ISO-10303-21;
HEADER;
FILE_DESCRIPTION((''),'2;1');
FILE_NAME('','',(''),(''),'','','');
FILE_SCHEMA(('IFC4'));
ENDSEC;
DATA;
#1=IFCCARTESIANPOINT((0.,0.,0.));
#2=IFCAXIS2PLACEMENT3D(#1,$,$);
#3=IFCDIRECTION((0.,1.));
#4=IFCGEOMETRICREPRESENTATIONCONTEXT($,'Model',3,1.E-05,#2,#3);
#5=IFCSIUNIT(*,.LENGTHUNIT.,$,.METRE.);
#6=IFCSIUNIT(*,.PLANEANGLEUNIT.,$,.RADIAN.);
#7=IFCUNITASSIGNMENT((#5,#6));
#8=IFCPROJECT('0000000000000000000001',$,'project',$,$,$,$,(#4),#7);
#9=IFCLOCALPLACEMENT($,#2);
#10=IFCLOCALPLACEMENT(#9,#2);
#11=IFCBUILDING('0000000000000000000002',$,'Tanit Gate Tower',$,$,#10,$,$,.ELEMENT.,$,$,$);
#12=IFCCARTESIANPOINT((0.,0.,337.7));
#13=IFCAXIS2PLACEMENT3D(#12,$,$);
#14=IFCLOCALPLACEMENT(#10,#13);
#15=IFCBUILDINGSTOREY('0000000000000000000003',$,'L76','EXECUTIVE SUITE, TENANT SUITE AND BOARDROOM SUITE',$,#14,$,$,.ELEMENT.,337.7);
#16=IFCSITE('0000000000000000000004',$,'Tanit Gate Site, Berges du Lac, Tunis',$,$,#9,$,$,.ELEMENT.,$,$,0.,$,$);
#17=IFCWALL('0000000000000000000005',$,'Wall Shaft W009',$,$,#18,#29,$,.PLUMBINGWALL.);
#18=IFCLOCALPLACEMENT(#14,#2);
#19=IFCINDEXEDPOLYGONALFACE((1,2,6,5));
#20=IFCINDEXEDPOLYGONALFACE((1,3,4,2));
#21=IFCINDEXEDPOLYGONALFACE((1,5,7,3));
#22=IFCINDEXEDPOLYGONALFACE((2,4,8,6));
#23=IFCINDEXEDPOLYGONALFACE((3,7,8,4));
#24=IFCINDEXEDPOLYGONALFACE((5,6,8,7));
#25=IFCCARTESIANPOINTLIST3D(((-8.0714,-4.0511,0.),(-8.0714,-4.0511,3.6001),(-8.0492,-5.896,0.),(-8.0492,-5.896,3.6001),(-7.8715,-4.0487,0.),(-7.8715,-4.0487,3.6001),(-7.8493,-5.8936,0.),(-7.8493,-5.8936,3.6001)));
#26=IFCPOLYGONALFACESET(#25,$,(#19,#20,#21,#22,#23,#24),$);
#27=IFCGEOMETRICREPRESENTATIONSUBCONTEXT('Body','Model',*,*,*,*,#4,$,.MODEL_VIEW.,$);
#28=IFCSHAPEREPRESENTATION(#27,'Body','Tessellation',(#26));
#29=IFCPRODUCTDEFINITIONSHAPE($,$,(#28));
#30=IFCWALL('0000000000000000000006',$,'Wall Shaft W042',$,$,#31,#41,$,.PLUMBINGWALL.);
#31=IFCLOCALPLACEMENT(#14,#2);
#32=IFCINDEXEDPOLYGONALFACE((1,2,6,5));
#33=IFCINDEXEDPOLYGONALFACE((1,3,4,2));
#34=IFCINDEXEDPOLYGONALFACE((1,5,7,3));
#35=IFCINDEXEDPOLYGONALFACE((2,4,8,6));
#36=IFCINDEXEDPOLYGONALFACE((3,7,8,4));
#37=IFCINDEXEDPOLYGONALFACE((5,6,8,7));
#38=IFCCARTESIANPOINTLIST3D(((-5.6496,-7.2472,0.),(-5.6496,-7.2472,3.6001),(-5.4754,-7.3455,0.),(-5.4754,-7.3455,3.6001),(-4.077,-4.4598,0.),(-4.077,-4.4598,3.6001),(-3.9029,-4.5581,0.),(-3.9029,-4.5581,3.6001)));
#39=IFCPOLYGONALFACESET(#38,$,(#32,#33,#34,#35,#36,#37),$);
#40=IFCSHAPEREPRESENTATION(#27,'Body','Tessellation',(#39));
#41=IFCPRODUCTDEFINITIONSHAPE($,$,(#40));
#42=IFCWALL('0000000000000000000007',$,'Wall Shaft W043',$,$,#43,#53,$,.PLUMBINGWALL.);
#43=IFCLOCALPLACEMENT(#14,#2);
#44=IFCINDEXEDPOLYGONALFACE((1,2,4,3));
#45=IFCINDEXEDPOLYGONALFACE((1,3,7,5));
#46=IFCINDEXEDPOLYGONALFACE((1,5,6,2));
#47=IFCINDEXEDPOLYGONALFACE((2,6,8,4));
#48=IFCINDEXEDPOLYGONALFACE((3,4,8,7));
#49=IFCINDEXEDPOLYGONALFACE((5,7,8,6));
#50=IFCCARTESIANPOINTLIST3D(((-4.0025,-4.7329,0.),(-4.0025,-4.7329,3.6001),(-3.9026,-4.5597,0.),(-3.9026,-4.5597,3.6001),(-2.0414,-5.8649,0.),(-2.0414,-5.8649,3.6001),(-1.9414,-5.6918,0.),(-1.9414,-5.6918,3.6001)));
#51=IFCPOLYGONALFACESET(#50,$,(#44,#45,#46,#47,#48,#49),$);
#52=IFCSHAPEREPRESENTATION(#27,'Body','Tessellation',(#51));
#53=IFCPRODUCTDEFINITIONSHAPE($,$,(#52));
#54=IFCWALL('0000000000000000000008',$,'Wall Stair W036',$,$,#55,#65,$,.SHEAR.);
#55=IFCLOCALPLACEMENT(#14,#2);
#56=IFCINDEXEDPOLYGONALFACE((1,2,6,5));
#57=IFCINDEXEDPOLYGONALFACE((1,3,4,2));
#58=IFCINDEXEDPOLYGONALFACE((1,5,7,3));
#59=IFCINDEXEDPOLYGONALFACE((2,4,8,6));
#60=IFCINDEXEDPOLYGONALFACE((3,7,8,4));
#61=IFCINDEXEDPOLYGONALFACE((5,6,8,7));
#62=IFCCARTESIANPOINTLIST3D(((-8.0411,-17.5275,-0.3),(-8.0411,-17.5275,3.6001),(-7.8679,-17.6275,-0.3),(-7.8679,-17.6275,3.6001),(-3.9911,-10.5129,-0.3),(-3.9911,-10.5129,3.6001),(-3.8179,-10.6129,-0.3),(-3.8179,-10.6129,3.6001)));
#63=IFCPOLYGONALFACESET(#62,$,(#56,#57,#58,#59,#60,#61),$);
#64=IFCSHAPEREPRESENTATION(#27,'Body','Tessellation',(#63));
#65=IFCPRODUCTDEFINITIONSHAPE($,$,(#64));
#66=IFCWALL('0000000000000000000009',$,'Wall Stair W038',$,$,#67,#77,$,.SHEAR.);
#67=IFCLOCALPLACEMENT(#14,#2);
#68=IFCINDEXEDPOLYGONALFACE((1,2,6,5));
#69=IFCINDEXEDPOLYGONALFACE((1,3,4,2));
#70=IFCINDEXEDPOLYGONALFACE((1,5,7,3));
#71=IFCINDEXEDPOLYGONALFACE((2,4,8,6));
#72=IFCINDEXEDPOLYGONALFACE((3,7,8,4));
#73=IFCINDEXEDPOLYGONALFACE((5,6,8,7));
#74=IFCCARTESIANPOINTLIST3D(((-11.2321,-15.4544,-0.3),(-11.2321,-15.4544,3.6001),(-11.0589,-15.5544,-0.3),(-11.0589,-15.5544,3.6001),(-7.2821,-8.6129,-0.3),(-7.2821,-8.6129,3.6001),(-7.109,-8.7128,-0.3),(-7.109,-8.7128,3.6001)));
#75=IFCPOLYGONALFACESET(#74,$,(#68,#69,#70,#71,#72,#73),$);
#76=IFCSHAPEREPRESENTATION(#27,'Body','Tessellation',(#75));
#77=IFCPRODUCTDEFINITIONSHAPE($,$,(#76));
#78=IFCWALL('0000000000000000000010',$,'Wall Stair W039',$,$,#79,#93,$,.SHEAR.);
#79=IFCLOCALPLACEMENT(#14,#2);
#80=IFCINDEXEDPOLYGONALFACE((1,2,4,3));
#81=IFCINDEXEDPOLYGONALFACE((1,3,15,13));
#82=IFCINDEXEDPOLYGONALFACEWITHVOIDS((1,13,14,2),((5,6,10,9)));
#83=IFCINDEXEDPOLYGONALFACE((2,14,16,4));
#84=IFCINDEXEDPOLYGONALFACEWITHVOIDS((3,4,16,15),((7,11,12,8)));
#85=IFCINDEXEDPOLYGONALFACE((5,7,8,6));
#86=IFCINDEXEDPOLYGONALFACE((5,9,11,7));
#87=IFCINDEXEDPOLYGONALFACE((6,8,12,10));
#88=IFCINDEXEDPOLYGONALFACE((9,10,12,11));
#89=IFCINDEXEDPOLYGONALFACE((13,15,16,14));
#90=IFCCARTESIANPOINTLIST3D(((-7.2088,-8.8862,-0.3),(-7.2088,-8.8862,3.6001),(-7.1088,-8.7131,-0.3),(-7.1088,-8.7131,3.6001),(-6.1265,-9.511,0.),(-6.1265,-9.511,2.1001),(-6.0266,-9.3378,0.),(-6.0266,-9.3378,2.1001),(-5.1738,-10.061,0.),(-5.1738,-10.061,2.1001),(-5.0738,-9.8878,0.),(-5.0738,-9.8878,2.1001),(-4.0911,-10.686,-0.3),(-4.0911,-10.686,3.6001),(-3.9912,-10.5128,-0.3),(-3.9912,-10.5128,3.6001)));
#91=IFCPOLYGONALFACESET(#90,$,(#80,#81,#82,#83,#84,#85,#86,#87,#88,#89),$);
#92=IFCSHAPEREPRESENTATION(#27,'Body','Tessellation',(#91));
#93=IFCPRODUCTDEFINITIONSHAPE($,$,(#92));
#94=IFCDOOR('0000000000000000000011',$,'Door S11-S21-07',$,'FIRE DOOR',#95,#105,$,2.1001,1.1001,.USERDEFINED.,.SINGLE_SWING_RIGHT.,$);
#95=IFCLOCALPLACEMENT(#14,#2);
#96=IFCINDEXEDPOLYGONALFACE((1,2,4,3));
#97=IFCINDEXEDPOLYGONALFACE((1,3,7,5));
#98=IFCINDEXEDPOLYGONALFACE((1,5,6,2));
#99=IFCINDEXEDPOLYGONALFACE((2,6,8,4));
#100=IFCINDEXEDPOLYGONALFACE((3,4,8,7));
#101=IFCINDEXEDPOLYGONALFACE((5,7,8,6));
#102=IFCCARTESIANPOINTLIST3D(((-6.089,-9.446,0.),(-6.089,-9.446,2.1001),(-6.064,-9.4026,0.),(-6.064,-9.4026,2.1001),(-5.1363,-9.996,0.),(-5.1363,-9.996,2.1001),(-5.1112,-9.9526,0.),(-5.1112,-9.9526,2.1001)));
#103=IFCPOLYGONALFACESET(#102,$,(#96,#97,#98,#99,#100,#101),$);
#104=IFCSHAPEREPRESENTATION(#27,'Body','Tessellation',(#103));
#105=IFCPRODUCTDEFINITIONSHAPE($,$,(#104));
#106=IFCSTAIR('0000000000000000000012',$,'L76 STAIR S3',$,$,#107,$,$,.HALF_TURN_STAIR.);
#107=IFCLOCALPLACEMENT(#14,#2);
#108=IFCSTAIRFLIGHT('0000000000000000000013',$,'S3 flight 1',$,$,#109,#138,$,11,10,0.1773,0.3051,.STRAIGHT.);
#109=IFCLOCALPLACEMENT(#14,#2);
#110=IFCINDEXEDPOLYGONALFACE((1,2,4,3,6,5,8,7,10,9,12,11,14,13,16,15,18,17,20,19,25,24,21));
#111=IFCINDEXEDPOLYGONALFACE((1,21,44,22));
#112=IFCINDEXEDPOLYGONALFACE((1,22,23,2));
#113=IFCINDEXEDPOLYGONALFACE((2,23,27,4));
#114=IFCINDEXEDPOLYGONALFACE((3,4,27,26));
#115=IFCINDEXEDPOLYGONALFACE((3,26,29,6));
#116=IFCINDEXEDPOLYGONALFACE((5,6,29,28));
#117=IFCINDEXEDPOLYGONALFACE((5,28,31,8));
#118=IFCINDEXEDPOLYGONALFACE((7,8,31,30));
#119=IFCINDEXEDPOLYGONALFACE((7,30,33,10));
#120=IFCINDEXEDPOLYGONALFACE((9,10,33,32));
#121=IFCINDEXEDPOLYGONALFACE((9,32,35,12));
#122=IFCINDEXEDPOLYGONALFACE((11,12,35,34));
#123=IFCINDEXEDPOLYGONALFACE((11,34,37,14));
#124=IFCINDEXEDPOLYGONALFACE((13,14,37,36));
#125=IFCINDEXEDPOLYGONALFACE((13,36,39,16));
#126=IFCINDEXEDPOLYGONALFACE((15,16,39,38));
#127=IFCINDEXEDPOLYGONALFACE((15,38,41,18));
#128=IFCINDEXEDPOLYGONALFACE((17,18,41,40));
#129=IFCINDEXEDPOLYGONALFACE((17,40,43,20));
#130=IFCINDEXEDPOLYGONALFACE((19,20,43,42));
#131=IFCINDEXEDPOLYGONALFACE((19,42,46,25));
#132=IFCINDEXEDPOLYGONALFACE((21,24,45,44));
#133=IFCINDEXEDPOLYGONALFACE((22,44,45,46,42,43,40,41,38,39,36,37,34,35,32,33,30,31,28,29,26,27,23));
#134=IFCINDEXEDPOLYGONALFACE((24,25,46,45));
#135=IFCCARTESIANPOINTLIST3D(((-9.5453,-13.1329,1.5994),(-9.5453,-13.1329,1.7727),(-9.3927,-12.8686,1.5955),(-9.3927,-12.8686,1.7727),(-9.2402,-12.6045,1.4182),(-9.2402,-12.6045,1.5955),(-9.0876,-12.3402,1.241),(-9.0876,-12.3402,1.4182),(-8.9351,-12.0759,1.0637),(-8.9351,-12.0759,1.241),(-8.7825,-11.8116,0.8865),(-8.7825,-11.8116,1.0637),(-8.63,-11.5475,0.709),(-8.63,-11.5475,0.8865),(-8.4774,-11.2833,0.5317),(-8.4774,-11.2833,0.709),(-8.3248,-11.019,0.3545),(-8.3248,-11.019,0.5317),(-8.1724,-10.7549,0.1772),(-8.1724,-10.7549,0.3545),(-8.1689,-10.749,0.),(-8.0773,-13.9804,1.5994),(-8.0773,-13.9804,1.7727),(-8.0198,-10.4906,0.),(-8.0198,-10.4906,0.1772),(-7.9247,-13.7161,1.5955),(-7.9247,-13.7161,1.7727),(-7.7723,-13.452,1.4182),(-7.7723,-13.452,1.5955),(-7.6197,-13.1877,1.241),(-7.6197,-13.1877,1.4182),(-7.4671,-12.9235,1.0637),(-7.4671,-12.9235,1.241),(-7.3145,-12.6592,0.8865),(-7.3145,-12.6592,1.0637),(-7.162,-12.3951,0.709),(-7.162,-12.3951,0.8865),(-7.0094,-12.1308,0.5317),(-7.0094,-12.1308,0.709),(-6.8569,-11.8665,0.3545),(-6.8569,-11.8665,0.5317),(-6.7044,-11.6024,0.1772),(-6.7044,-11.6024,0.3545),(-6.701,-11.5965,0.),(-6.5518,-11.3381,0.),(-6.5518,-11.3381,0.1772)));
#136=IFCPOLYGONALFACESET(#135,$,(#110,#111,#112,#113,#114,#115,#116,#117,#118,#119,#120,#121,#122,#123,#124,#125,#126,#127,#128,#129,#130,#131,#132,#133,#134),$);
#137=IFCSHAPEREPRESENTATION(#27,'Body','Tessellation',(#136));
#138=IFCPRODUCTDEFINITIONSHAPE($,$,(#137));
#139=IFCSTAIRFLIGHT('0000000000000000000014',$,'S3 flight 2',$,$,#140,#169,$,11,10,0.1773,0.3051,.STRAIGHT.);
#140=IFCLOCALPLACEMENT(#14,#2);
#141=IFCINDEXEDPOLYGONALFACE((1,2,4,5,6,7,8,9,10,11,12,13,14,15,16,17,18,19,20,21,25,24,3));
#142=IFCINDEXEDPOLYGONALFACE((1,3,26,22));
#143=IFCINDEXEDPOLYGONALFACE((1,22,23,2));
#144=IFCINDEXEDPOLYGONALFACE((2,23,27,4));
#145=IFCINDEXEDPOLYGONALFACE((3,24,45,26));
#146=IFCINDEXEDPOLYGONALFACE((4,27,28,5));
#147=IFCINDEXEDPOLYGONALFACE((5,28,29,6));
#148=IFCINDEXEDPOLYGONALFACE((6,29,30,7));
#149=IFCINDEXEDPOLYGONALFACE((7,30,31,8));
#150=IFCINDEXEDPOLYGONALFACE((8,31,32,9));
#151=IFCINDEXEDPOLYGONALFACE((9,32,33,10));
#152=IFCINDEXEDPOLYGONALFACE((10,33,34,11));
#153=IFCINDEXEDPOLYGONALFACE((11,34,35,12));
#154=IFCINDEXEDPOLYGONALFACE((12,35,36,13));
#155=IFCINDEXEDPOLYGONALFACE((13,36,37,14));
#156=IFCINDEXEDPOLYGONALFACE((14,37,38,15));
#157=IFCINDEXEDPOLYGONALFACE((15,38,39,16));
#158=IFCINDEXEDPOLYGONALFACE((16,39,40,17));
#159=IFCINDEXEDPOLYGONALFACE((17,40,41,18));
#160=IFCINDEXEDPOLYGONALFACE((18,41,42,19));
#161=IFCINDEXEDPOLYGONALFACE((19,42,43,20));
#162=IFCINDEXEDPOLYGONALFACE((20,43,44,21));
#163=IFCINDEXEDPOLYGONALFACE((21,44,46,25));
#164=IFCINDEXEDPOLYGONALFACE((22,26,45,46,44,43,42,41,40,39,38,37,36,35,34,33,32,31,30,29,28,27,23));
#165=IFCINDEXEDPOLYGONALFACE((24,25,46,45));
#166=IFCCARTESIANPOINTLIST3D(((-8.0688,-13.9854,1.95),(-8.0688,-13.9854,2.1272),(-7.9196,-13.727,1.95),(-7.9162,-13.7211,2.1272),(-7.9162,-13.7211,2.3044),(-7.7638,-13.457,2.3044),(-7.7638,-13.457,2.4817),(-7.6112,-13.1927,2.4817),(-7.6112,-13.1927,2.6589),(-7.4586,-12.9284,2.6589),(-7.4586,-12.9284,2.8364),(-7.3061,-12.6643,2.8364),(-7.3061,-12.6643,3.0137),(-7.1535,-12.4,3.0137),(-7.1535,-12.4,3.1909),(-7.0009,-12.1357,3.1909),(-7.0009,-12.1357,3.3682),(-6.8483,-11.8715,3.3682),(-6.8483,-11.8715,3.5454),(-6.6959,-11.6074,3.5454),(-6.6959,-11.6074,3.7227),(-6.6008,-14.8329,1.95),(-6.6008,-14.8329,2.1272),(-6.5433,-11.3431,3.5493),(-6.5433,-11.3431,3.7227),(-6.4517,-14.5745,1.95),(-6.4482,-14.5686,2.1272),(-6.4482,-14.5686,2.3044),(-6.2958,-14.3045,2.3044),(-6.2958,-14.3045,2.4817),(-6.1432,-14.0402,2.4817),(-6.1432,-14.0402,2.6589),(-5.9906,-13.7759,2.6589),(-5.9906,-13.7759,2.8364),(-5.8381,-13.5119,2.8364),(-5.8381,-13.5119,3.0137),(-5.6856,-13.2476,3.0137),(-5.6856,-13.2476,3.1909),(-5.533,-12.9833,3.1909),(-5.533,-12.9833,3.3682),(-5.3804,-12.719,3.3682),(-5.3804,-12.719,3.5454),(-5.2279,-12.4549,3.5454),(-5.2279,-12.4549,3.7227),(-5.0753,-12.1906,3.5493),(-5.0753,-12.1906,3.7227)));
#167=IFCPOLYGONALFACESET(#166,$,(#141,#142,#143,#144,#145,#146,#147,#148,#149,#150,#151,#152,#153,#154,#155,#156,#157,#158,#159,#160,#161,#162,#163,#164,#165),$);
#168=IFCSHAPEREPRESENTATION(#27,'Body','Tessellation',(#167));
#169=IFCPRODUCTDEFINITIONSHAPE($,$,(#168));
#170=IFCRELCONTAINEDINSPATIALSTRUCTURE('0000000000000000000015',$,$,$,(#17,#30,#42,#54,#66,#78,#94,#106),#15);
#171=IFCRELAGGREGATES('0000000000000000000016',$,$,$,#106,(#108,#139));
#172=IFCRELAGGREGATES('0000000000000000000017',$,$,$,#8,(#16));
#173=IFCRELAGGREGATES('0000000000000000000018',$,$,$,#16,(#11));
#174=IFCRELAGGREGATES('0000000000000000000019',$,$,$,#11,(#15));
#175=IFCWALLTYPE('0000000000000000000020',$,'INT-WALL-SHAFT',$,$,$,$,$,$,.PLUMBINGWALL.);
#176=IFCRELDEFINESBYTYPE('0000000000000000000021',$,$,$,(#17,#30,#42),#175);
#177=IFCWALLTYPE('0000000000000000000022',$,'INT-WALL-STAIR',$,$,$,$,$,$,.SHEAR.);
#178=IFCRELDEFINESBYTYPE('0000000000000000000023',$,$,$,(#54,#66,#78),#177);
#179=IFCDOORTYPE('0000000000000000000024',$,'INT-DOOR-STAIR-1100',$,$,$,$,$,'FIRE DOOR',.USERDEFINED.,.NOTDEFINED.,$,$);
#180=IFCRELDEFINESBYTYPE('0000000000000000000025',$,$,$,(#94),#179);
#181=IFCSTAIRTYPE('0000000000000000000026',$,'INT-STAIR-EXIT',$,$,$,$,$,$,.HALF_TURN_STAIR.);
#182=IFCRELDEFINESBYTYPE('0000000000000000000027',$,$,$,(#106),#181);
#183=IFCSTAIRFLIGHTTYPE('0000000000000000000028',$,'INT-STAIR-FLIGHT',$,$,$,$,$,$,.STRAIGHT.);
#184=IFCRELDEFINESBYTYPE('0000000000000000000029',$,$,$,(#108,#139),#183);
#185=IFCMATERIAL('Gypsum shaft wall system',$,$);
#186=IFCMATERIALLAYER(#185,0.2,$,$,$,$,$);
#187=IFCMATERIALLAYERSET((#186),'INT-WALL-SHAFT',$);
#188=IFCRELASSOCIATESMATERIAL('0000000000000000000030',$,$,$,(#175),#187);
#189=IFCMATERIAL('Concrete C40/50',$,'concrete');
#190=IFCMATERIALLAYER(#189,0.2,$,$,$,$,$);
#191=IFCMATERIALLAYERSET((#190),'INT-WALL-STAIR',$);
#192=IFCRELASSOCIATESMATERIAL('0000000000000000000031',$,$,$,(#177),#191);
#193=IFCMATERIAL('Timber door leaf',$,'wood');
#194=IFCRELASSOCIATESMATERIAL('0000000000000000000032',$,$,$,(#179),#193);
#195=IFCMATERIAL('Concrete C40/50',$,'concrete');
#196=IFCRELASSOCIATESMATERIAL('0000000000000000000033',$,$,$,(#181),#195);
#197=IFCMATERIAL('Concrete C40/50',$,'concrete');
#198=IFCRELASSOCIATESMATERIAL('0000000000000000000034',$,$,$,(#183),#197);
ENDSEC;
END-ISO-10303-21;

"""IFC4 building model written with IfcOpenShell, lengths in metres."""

from ifc_helpers import new_model, si_unit, direction, frame, frame_2d, origin, place, context, subcontext, project, spatial, polyline, rectangle, outline, extrude, material, layer, layer_set, type_object, element, fill, aggregate, save


model = new_model("IFC4")

# Units and contexts
model_context = context("Model", 3, precision=1e-05, world=origin(), true_north=direction((0.0, 1.0)))
body_context = subcontext(model_context, "Body", "Model", "MODEL_VIEW")
ifc_project = project(units=[si_unit("LENGTHUNIT", "METRE"), si_unit("PLANEANGLEUNIT", "RADIAN")], contexts=[model_context])

# Site, building, storey
site_placement = place(None, origin())
site = spatial("IfcSite", under=ifc_project, at=site_placement, Name="Tanit Gate Site, Berges du Lac, Tunis", CompositionType="ELEMENT", RefElevation=0.0)
building_placement = place(site_placement, origin())
building = spatial("IfcBuilding", under=site, at=building_placement, Name="Tanit Gate Tower", CompositionType="ELEMENT")
storey_placement = place(building_placement, frame((0.0, 0.0, 337.7)))
storey = spatial("IfcBuildingStorey", under=building, at=storey_placement, Name="L76", Description="EXECUTIVE SUITE, TENANT SUITE AND BOARDROOM SUITE", CompositionType="ELEMENT", Elevation=337.7)

# Wall
ifc_material_1 = material(Name="Gypsum shaft wall system")
ifc_layer_1 = layer(ifc_material_1, 0.2)
ifc_layer_set_1 = layer_set([ifc_layer_1], Name="INT-WALL-SHAFT")
wall_type_1 = type_object("IfcWallType", Name="INT-WALL-SHAFT", PredefinedType="PLUMBINGWALL", material=ifc_layer_set_1)
wall_1_placement = place(storey_placement, frame((-7.9714, -4.05, 0.0), z_axis=(0.0, 0.0, 1.0), x_axis=(0.012043, -0.999927, 0.0)))
element("IfcWall", 1, at=wall_1_placement, inside=storey, type_object=wall_type_1, Name="Wall Shaft W009", PredefinedType="PLUMBINGWALL", context=body_context, shape_type="SweptSolid", body=[
    extrude(rectangle(XDim=1.845, YDim=0.2, at=frame_2d((0.9224, 0.0))), origin(), (0.0, 0.0, 1.0), 3.6001),
])

# Walls
wall_2_placement = place(storey_placement, frame((-3.99, -4.509, 0.0), z_axis=(0.0, 0.0, 1.0), x_axis=(-0.491358, -0.870958, 0.0)))
element("IfcWall", 2, at=wall_2_placement, inside=storey, type_object=wall_type_1, Name="Wall Shaft W042", PredefinedType="PLUMBINGWALL", context=body_context, shape_type="SweptSolid", body=[
    extrude(rectangle(XDim=3.2004, YDim=0.2, at=frame_2d((1.6001, 0.0))), origin(), (0.0, 0.0, 1.0), 3.6001),
])
wall_3_placement = place(storey_placement, frame((-3.9526, -4.6462, 0.0), z_axis=(0.0, 0.0, 1.0), x_axis=(0.866065, -0.499931, 0.0)))
element("IfcWall", 3, at=wall_3_placement, inside=storey, type_object=wall_type_1, Name="Wall Shaft W043", PredefinedType="PLUMBINGWALL", context=body_context, shape_type="SweptSolid", body=[
    extrude(rectangle(XDim=2.2644, YDim=0.2, at=frame_2d((1.1323, 0.0))), origin(), (0.0, 0.0, 1.0), 3.6001),
])
ifc_material_2 = material(Name="Concrete C40/50", Category="concrete")
ifc_layer_2 = layer(ifc_material_2, 0.2)
ifc_layer_set_2 = layer_set([ifc_layer_2], Name="INT-WALL-STAIR")
wall_type_2 = type_object("IfcWallType", Name="INT-WALL-STAIR", PredefinedType="SHEAR", material=ifc_layer_set_2)
wall_4_placement = place(storey_placement, frame((-3.9045, -10.563, -0.3), z_axis=(0.0, 0.0, 1.0), x_axis=(-0.500013, -0.866018, 0.0)))
element("IfcWall", 4, at=wall_4_placement, inside=storey, type_object=wall_type_2, Name="Wall Stair W036", PredefinedType="SHEAR", context=body_context, shape_type="SweptSolid", body=[
    extrude(rectangle(XDim=8.0999, YDim=0.2, at=frame_2d((4.0498, 0.0))), origin(), (0.0, 0.0, 1.0), 3.9001),
])
wall_5_placement = place(storey_placement, frame((-7.1956, -8.6628, -0.3), z_axis=(0.0, 0.0, 1.0), x_axis=(-0.499998, -0.866027, 0.0)))
element("IfcWall", 5, at=wall_5_placement, inside=storey, type_object=wall_type_2, Name="Wall Stair W038", PredefinedType="SHEAR", context=body_context, shape_type="SweptSolid", body=[
    extrude(rectangle(XDim=7.8999, YDim=0.2, at=frame_2d((3.95, 0.0))), origin(), (0.0, 0.0, 1.0), 3.9001),
])

# Wall, opening, door
wall_6_placement = place(storey_placement, frame((-4.0413, -10.5994, -0.3), z_axis=(0.0, 0.0, 1.0), x_axis=(-0.866048, 0.499961, 0.0)))
wall_6 = element("IfcWall", 6, at=wall_6_placement, inside=storey, type_object=wall_type_2, Name="Wall Stair W039", PredefinedType="SHEAR", context=body_context, shape_type="SweptSolid", body=[
    extrude(rectangle(XDim=3.5999, YDim=0.2, at=frame_2d((1.7998, 0.0))), origin(), (0.0, 0.0, 1.0), 3.9001),
])
opening_1_placement = place(wall_6_placement, frame((1.25, 0.0, 0.3)))
opening_1 = element("IfcOpeningElement", 7, at=opening_1_placement, cuts=wall_6, PredefinedType="OPENING", context=body_context, shape_type="SweptSolid", body=[
    extrude(rectangle(XDim=1.1001, YDim=2.1001, at=frame_2d((0.55, 1.05))), frame((0.0, 0.1099, 0.0), z_axis=(0.0, -1.0, 0.0), x_axis=(1.0, 0.0, 0.0)), (0.0, 0.0, 1.0), 0.22),
])
ifc_material_3 = material(Name="Timber door leaf", Category="wood")
door_type_1 = type_object("IfcDoorType", Name="INT-DOOR-STAIR-1100", ElementType="FIRE DOOR", OperationType="NOTDEFINED", PredefinedType="USERDEFINED", material=ifc_material_3)
door_1_placement = place(opening_1_placement, origin())
door_1 = element("IfcDoor", 8, at=door_1_placement, inside=storey, type_object=door_type_1, Name="Door S11-S21-07", ObjectType="FIRE DOOR", OperationType="SINGLE_SWING_RIGHT", OverallHeight=2.1001, OverallWidth=1.1001, PredefinedType="USERDEFINED", context=body_context, shape_type="SweptSolid", body=[
    extrude(rectangle(XDim=1.1001, YDim=2.1001, at=frame_2d((0.55, 1.05))), frame((0.0, 0.0249, 0.0), z_axis=(0.0, -1.0, 0.0), x_axis=(1.0, 0.0, 0.0)), (0.0, 0.0, 1.0), 0.05),
])
fill(opening_1, door_1)

# Stair, stair flights
ifc_material_4 = material(Name="Concrete C40/50", Category="concrete")
stair_type = type_object("IfcStairType", Name="INT-STAIR-EXIT", PredefinedType="HALF_TURN_STAIR", material=ifc_material_4)
stair_placement = place(storey_placement, origin())
stair = element("IfcStair", 9, at=stair_placement, inside=storey, type_object=stair_type, Name="L76 STAIR S3", PredefinedType="HALF_TURN_STAIR")
ifc_material_5 = material(Name="Concrete C40/50", Category="concrete")
stair_flight_type = type_object("IfcStairFlightType", Name="INT-STAIR-FLIGHT", PredefinedType="STRAIGHT", material=ifc_material_5)
stair_flight_1_placement = place(storey_placement, frame((-7.2859, -10.9143, 0.0), z_axis=(0.0, 0.0, 1.0), x_axis=(-0.5, -0.866025, 0.0)))
stair_flight_1 = element("IfcStairFlight", 10, at=stair_flight_1_placement, type_object=stair_flight_type, Name="S3 flight 1", NumberOfRisers=11, NumberOfTreads=10, PredefinedType="STRAIGHT", RiserHeight=0.1773, TreadLength=0.3051, context=body_context, shape_type="SweptSolid", body=[
    extrude(outline(polyline([(0.0, 0.0), (0.0, 0.1772), (0.3052, 0.1772), (0.3052, 0.3545), (0.6101, 0.3545), (0.6101, 0.5317), (0.9153, 0.5317), (0.9153, 0.709), (1.2205, 0.709), (1.2205, 0.8865), (1.5254, 0.8865), (1.5254, 1.0637), (1.8306, 1.0637), (1.8306, 1.241), (2.1357, 1.241), (2.1357, 1.4182), (2.4409, 1.4182), (2.4409, 1.5955), (2.7458, 1.5955), (2.7458, 1.7727), (3.051, 1.7727), (3.051, 1.95), (3.051, 1.5994), (0.2983, 0.0), (0.0, 0.0)])), frame((0.0, 0.8477, 0.0), z_axis=(0.0, -1.0, 0.0), x_axis=(1.0, 0.0, 0.0)), (0.0, 0.0, 1.0), 1.6951),
])
stair_flight_2_placement = place(storey_placement, frame((-7.3347, -14.4092, 1.95), z_axis=(0.0, 0.0, 1.0), x_axis=(0.5, 0.866025, 0.0)))
stair_flight_2 = element("IfcStairFlight", 11, at=stair_flight_2_placement, type_object=stair_flight_type, Name="S3 flight 2", NumberOfRisers=11, NumberOfTreads=10, PredefinedType="STRAIGHT", RiserHeight=0.1773, TreadLength=0.3051, context=body_context, shape_type="SweptSolid", body=[
    extrude(outline(polyline([(0.0, 0.0), (0.0, 0.1772), (0.3052, 0.1772), (0.3052, 0.3545), (0.6101, 0.3545), (0.6101, 0.5317), (0.9153, 0.5317), (0.9153, 0.709), (1.2205, 0.709), (1.2205, 0.8865), (1.5254, 0.8865), (1.5254, 1.0637), (1.8306, 1.0637), (1.8306, 1.241), (2.1357, 1.241), (2.1357, 1.4182), (2.4409, 1.4182), (2.4409, 1.5955), (2.7458, 1.5955), (2.7458, 1.7727), (3.051, 1.7727), (3.051, 1.95), (3.051, 1.5994), (0.2983, 0.0), (0.0, 0.0)])), frame((0.0, 0.8477, 0.0), z_axis=(0.0, -1.0, 0.0), x_axis=(1.0, 0.0, 0.0)), (0.0, 0.0, 1.0), 1.6951),
])
aggregate(stair, [stair_flight_1, stair_flight_2])

save(model, "model.ifc")
